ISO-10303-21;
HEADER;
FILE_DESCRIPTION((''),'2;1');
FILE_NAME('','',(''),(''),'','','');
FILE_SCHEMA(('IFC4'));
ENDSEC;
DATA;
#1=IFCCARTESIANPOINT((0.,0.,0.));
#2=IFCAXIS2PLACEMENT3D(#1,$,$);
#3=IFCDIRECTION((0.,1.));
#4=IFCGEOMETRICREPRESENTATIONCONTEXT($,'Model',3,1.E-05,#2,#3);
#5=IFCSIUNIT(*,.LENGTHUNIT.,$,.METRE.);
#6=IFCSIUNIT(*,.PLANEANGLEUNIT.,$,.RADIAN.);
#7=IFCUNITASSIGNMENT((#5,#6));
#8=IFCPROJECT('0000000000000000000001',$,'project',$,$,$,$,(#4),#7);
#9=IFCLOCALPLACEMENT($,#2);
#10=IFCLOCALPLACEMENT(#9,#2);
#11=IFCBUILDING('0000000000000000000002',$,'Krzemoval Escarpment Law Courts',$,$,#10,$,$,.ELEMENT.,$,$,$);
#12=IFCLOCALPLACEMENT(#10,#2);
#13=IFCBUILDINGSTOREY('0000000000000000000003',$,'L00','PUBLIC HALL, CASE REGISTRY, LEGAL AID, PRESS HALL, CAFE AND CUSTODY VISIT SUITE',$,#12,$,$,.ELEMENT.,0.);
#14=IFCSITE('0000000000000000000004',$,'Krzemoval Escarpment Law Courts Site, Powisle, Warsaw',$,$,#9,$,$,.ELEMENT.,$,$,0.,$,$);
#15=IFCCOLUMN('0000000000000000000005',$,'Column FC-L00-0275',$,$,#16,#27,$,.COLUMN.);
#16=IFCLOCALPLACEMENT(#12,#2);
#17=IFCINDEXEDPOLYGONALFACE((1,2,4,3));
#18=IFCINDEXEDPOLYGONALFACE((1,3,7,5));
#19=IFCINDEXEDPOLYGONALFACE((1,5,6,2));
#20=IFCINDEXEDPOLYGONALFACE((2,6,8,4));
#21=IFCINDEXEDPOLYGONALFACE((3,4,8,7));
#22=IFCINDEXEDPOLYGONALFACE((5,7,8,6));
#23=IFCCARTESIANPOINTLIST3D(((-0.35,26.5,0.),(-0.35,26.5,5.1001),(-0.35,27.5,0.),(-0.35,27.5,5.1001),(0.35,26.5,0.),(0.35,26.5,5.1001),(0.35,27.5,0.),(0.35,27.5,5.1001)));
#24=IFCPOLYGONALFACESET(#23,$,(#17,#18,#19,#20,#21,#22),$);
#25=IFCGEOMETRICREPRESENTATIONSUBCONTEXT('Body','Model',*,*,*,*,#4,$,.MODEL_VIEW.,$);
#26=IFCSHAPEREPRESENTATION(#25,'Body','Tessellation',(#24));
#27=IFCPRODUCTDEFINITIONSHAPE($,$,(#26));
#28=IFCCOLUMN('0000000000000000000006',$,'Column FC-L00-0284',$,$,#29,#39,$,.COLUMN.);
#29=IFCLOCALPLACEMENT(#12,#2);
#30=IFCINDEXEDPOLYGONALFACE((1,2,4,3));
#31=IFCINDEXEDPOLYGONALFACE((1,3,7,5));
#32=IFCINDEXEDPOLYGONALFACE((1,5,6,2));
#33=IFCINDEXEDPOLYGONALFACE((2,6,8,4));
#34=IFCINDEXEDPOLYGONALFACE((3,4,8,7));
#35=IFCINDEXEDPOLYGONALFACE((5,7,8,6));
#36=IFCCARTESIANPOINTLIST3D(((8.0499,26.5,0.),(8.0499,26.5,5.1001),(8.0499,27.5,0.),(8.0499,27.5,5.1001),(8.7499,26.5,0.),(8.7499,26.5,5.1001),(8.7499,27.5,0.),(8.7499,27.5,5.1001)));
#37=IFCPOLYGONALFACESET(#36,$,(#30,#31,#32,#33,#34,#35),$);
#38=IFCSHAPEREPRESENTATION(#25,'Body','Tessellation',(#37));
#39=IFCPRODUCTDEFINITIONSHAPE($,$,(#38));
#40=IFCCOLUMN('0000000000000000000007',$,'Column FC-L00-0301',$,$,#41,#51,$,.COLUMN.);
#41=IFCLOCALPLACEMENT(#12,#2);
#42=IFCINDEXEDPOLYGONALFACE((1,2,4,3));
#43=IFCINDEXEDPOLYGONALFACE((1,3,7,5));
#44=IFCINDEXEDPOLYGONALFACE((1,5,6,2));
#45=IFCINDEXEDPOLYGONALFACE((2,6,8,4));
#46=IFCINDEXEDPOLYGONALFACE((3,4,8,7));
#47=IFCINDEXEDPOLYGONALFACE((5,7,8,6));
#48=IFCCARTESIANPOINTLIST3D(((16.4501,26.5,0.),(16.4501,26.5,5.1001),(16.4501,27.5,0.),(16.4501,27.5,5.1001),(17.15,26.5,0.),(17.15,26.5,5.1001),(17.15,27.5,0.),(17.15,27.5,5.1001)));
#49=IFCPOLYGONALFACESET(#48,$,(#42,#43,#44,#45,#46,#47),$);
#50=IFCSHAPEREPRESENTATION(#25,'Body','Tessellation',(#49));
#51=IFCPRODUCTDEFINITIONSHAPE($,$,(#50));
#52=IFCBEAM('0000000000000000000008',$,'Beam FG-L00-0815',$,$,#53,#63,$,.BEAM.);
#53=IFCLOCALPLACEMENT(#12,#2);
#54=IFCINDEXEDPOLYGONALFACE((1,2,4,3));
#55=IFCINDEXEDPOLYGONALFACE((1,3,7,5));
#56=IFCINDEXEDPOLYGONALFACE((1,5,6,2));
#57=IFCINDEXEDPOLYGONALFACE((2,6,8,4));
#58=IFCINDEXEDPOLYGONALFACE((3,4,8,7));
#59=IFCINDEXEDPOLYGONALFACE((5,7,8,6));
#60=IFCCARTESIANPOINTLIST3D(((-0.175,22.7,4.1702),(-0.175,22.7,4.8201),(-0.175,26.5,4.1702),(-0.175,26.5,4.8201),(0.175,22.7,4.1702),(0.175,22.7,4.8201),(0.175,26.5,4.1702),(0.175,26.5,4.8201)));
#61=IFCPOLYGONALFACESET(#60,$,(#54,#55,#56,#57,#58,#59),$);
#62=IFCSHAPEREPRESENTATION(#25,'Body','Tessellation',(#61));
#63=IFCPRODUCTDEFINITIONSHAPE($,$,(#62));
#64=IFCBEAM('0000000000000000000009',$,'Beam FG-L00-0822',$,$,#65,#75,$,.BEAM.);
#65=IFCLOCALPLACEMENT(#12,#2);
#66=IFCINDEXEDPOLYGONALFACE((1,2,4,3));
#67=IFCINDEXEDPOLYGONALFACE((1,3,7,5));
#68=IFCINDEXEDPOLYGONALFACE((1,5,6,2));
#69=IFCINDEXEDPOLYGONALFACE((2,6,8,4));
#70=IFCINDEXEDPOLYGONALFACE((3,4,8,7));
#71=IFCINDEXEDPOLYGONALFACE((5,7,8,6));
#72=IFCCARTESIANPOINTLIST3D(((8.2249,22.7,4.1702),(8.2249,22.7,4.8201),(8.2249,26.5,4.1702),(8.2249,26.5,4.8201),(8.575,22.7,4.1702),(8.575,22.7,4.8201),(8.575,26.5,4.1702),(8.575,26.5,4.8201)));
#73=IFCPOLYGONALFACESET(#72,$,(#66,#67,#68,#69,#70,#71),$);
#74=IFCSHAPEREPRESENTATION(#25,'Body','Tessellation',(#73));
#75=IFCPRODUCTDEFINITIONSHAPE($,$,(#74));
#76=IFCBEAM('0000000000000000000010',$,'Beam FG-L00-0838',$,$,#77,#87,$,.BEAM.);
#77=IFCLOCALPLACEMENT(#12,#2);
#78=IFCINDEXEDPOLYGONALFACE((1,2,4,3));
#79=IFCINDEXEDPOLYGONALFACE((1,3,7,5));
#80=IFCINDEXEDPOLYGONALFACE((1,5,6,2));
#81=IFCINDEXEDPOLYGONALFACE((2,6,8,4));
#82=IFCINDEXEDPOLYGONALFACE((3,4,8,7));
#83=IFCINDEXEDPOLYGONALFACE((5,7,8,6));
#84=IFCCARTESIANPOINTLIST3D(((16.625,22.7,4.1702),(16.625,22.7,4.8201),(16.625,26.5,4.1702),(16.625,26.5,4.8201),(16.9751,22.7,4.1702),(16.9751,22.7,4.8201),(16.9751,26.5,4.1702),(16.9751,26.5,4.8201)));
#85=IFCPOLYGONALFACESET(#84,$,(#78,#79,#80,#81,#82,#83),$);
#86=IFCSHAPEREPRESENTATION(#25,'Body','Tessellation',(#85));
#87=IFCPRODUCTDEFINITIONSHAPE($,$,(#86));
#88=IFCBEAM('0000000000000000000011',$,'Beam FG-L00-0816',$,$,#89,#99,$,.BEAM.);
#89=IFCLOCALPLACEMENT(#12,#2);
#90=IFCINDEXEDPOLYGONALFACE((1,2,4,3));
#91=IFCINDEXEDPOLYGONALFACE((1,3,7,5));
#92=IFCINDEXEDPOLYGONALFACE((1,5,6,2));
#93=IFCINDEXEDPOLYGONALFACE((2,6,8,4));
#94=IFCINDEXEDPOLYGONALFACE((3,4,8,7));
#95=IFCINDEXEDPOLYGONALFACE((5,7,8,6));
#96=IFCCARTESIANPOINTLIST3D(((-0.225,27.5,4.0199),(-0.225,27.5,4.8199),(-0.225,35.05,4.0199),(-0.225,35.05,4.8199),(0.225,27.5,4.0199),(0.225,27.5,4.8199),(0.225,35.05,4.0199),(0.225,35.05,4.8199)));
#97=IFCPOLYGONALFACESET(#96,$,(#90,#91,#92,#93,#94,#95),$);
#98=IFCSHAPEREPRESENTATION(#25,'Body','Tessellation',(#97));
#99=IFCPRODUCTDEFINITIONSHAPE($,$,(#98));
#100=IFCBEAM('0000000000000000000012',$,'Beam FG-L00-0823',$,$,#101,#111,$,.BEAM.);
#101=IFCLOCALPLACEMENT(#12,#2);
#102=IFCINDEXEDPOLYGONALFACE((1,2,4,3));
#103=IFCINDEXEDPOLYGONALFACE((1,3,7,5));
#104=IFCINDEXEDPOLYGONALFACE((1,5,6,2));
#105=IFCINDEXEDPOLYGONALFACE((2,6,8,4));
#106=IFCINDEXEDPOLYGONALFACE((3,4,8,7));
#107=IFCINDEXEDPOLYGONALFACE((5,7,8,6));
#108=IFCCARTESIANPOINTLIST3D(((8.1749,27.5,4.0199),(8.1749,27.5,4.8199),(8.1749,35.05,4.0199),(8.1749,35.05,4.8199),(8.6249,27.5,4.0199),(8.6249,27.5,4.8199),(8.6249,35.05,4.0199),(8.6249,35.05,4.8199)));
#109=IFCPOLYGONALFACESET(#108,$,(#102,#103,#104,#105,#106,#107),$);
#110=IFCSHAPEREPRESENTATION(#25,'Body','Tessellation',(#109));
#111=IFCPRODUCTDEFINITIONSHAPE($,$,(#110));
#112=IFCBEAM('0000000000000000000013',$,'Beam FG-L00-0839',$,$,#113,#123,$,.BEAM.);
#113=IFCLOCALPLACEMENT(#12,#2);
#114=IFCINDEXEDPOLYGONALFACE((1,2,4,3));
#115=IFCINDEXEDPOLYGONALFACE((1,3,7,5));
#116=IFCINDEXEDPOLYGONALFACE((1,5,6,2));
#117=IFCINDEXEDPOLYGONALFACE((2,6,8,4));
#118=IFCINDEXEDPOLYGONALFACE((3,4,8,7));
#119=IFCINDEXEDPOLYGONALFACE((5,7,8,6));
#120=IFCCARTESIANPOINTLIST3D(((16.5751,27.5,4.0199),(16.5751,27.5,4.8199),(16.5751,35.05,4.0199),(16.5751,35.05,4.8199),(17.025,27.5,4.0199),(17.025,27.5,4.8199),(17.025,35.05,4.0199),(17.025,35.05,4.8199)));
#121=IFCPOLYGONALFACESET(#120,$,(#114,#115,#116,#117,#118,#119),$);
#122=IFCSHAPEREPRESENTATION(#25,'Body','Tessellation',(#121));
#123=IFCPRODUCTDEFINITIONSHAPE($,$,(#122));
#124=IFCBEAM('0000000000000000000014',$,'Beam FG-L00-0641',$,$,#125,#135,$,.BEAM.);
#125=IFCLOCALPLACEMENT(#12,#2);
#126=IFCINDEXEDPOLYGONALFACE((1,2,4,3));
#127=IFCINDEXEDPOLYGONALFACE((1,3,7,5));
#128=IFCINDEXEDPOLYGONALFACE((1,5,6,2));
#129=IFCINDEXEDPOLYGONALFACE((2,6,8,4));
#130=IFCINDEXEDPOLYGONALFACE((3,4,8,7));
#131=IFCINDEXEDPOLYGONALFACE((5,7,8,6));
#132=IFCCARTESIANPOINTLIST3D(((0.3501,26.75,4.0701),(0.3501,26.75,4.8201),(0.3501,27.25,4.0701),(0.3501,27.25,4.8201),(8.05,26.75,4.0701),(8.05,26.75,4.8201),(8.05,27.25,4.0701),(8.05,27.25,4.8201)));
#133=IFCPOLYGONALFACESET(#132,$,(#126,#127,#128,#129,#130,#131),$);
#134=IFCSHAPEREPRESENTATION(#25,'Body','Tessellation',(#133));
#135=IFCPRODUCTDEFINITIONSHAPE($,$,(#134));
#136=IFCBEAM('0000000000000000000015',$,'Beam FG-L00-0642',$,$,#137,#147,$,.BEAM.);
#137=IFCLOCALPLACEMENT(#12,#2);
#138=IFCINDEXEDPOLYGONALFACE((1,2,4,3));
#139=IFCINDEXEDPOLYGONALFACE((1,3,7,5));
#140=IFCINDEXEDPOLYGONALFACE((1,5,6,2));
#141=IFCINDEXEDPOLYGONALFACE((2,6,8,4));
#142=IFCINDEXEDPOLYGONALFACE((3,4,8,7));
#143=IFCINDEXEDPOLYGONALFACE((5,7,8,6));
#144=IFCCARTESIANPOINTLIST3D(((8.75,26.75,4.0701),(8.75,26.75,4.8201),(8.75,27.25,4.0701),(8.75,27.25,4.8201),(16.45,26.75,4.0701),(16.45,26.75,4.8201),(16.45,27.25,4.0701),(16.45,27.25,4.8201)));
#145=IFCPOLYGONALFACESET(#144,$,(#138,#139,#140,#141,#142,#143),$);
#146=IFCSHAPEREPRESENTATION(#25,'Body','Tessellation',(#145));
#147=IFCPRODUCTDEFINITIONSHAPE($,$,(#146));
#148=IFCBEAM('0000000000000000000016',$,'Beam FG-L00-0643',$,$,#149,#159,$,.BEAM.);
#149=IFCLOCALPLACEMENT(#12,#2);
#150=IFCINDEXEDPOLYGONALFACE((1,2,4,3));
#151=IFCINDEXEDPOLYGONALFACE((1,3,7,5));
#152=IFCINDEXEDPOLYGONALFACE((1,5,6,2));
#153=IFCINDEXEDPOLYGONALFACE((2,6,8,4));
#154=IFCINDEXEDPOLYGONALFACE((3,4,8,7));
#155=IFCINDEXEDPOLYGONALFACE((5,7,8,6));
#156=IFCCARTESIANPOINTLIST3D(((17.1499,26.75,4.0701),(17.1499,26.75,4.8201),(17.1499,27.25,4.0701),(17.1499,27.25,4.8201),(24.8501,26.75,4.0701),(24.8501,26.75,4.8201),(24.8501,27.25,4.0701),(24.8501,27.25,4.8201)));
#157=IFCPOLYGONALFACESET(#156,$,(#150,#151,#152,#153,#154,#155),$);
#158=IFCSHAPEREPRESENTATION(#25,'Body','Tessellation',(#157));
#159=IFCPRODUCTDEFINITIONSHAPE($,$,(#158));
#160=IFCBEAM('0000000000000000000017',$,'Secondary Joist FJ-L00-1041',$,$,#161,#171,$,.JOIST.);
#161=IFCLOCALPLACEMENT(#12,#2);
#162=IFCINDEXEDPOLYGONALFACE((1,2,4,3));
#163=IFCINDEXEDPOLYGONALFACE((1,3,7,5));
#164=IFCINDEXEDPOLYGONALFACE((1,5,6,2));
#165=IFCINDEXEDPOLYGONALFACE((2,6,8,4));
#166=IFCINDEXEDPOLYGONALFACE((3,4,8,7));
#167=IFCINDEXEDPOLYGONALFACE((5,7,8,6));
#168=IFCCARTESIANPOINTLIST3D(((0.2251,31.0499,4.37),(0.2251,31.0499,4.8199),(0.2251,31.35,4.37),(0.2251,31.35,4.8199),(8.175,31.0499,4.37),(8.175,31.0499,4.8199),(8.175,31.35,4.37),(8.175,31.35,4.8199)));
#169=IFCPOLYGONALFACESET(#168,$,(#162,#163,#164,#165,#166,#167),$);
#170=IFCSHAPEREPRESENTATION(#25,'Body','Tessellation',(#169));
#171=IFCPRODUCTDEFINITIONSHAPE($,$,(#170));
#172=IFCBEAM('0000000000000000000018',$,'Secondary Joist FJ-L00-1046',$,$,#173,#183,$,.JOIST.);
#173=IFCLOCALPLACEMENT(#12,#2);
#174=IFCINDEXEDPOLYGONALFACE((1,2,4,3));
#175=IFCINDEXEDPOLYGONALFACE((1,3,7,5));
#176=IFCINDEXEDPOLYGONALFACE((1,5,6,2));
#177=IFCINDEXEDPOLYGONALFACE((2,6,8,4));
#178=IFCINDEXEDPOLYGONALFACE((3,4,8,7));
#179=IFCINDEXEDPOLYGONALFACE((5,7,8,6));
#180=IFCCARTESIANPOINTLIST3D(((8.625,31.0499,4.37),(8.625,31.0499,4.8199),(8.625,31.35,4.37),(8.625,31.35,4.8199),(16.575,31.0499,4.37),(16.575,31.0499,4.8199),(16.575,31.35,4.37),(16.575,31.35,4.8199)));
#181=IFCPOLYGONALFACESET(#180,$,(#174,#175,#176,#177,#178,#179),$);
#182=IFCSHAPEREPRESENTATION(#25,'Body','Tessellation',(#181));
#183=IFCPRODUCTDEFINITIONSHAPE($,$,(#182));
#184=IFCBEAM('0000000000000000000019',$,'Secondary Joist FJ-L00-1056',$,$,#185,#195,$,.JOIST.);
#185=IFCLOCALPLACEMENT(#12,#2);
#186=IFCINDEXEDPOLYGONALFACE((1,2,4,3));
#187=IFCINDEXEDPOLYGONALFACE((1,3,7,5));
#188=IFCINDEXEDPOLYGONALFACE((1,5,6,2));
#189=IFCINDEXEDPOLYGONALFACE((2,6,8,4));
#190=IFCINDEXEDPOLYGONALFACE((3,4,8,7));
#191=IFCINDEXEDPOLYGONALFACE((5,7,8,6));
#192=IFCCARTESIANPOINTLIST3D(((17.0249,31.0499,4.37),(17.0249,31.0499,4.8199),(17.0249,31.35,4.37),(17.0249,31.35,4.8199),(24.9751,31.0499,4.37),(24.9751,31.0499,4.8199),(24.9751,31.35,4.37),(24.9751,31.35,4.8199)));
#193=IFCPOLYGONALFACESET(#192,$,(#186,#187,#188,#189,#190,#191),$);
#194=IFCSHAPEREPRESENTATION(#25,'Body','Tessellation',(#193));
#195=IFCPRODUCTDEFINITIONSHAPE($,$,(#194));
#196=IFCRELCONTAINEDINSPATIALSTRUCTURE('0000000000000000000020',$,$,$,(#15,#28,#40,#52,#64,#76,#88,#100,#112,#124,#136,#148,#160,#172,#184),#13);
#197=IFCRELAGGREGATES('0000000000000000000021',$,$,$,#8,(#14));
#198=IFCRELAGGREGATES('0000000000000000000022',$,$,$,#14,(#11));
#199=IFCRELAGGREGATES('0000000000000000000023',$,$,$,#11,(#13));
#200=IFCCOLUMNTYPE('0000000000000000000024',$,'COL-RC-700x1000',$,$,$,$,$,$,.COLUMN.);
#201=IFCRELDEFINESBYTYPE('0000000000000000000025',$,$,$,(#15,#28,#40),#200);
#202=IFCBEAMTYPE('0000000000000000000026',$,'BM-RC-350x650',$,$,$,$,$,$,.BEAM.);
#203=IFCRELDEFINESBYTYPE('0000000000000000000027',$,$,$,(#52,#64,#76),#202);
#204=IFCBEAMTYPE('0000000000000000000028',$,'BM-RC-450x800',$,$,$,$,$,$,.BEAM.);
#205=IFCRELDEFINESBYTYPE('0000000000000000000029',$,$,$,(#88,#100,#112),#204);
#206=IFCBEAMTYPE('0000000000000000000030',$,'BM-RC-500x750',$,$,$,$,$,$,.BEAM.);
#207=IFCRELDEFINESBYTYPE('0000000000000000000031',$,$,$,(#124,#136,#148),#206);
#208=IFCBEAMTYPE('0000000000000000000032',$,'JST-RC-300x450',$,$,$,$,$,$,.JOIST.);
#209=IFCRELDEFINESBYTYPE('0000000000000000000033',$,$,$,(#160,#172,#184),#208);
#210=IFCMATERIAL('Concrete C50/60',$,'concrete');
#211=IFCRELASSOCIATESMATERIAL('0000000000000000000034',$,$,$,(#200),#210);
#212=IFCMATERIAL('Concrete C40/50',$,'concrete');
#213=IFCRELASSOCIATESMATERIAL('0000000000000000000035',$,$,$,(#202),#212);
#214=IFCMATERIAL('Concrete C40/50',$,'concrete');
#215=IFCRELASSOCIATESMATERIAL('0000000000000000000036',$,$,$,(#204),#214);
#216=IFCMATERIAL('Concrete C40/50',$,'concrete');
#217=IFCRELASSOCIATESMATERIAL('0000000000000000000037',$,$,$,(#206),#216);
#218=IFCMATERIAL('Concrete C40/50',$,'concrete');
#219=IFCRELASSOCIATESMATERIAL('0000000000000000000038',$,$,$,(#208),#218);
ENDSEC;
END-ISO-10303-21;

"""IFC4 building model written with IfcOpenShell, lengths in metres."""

from ifc_helpers import new_model, si_unit, direction, frame, origin, origin_2d, place, context, subcontext, project, spatial, rectangle, extrude, material, material_profile, profile_set, type_object, element, save


model = new_model("IFC4")

# Units and contexts
model_context = context("Model", 3, precision=1e-05, world=origin(), true_north=direction((0.0, 1.0)))
body_context = subcontext(model_context, "Body", "Model", "MODEL_VIEW")
ifc_project = project(units=[si_unit("LENGTHUNIT", "METRE"), si_unit("PLANEANGLEUNIT", "RADIAN")], contexts=[model_context])

# Site, building, storey
site_placement = place(None, origin())
site = spatial("IfcSite", under=ifc_project, at=site_placement, Name="Krzemoval Escarpment Law Courts Site, Powisle, Warsaw", CompositionType="ELEMENT", RefElevation=0.0)
building_placement = place(site_placement, origin())
building = spatial("IfcBuilding", under=site, at=building_placement, Name="Krzemoval Escarpment Law Courts", CompositionType="ELEMENT")
storey_placement = place(building_placement, origin())
storey = spatial("IfcBuildingStorey", under=building, at=storey_placement, Name="L00", Description="PUBLIC HALL, CASE REGISTRY, LEGAL AID, PRESS HALL, CAFE AND CUSTODY VISIT SUITE", CompositionType="ELEMENT", Elevation=0.0)

# Columns
ifc_material_1 = material(Name="Concrete C50/60", Category="concrete")
ifc_material_profile_1 = material_profile(ifc_material_1, rectangle(XDim=0.7, YDim=1.0, at=origin_2d()), Name="RC 700x1000")
ifc_profile_set_1 = profile_set([ifc_material_profile_1], Name="Concrete C50/60")
column_type = type_object("IfcColumnType", Name="COL-RC-700x1000", PredefinedType="COLUMN", material=ifc_profile_set_1)
for number, where, z_axis, x_axis, name in (
    (1, (0.0, 27.0, 0.0), (0.0, 0.0, 1.0), (1.0, 0.0, 0.0), "Column FC-L00-0275"),
    (2, (8.3999, 27.0, 0.0), (0.0, 0.0, 1.0), (1.0, 0.0, 0.0), "Column FC-L00-0284"),
    (3, (16.8, 27.0, 0.0), (0.0, 0.0, 1.0), (1.0, 0.0, 0.0), "Column FC-L00-0301"),
):
    element("IfcColumn", number, at=place(storey_placement, frame(where, z_axis=z_axis, x_axis=x_axis)), inside=storey, type_object=column_type, Name=name, PredefinedType="COLUMN", context=body_context, shape_type="SweptSolid", body=[
        extrude(rectangle(XDim=0.7, YDim=1.0, at=origin_2d()), origin(), (0.0, 0.0, 1.0), 5.1001),
    ])

# Beams
ifc_material_2 = material(Name="Concrete C40/50", Category="concrete")
ifc_material_profile_2 = material_profile(ifc_material_2, rectangle(XDim=0.3501, YDim=0.6499, at=origin_2d()), Name="RCB 350x650")
ifc_profile_set_2 = profile_set([ifc_material_profile_2], Name="Concrete C40/50")
beam_type_1 = type_object("IfcBeamType", Name="BM-RC-350x650", PredefinedType="BEAM", material=ifc_profile_set_2)
for number, where, z_axis, x_axis, name in (
    (4, (0.0, 22.7, 4.4951), (0.0, 1.0, 0.0), (-1.0, 0.0, 0.0), "Beam FG-L00-0815"),
    (5, (8.3999, 22.7, 4.4951), (0.0, 1.0, 0.0), (-1.0, 0.0, 0.0), "Beam FG-L00-0822"),
    (6, (16.8, 22.7, 4.4951), (0.0, 1.0, 0.0), (-1.0, 0.0, 0.0), "Beam FG-L00-0838"),
):
    element("IfcBeam", number, at=place(storey_placement, frame(where, z_axis=z_axis, x_axis=x_axis)), inside=storey, type_object=beam_type_1, Name=name, PredefinedType="BEAM", context=body_context, shape_type="SweptSolid", body=[
        extrude(rectangle(XDim=0.3501, YDim=0.6499, at=origin_2d()), origin(), (0.0, 0.0, 1.0), 3.8),
    ])
ifc_material_3 = material(Name="Concrete C40/50", Category="concrete")
ifc_material_profile_3 = material_profile(ifc_material_3, rectangle(XDim=0.45, YDim=0.8, at=origin_2d()), Name="RCB 450x800")
ifc_profile_set_3 = profile_set([ifc_material_profile_3], Name="Concrete C40/50")
beam_type_2 = type_object("IfcBeamType", Name="BM-RC-450x800", PredefinedType="BEAM", material=ifc_profile_set_3)
for number, where, z_axis, x_axis, name in (
    (7, (0.0, 27.5, 4.4199), (0.0, 1.0, 0.0), (-1.0, 0.0, 0.0), "Beam FG-L00-0816"),
    (8, (8.3999, 27.5, 4.4199), (0.0, 1.0, 0.0), (-1.0, 0.0, 0.0), "Beam FG-L00-0823"),
    (9, (16.8, 27.5, 4.4199), (0.0, 1.0, 0.0), (-1.0, 0.0, 0.0), "Beam FG-L00-0839"),
):
    element("IfcBeam", number, at=place(storey_placement, frame(where, z_axis=z_axis, x_axis=x_axis)), inside=storey, type_object=beam_type_2, Name=name, PredefinedType="BEAM", context=body_context, shape_type="SweptSolid", body=[
        extrude(rectangle(XDim=0.45, YDim=0.8, at=origin_2d()), origin(), (0.0, 0.0, 1.0), 7.55),
    ])
ifc_material_4 = material(Name="Concrete C40/50", Category="concrete")
ifc_material_profile_4 = material_profile(ifc_material_4, rectangle(XDim=0.5, YDim=0.75, at=origin_2d()), Name="RCB 500x750")
ifc_profile_set_4 = profile_set([ifc_material_profile_4], Name="Concrete C40/50")
beam_type_3 = type_object("IfcBeamType", Name="BM-RC-500x750", PredefinedType="BEAM", material=ifc_profile_set_4)
for number, where, z_axis, x_axis, name in (
    (10, (0.3501, 27.0, 4.4451), (1.0, 0.0, 0.0), (0.0, 1.0, 0.0), "Beam FG-L00-0641"),
    (11, (8.75, 27.0, 4.4451), (1.0, 0.0, 0.0), (0.0, 1.0, 0.0), "Beam FG-L00-0642"),
):
    element("IfcBeam", number, at=place(storey_placement, frame(where, z_axis=z_axis, x_axis=x_axis)), inside=storey, type_object=beam_type_3, Name=name, PredefinedType="BEAM", context=body_context, shape_type="SweptSolid", body=[
        extrude(rectangle(XDim=0.5, YDim=0.75, at=origin_2d()), origin(), (0.0, 0.0, 1.0), 7.7),
    ])
beam_1_placement = place(storey_placement, frame((17.1499, 27.0, 4.4451), z_axis=(1.0, 0.0, 0.0), x_axis=(0.0, 1.0, 0.0)))
element("IfcBeam", 12, at=beam_1_placement, inside=storey, type_object=beam_type_3, Name="Beam FG-L00-0643", PredefinedType="BEAM", context=body_context, shape_type="SweptSolid", body=[
    extrude(rectangle(XDim=0.5, YDim=0.75, at=origin_2d()), origin(), (0.0, 0.0, 1.0), 7.7002),
])
ifc_material_5 = material(Name="Concrete C40/50", Category="concrete")
ifc_material_profile_5 = material_profile(ifc_material_5, rectangle(XDim=0.3, YDim=0.45, at=origin_2d()), Name="RCB 300x450")
ifc_profile_set_5 = profile_set([ifc_material_profile_5], Name="Concrete C40/50")
beam_type_4 = type_object("IfcBeamType", Name="JST-RC-300x450", PredefinedType="JOIST", material=ifc_profile_set_5)
for number, where, z_axis, x_axis, name in (
    (13, (0.2251, 31.2, 4.595), (1.0, 0.0, 0.0), (0.0, 1.0, 0.0), "Secondary Joist FJ-L00-1041"),
    (14, (8.625, 31.2, 4.595), (1.0, 0.0, 0.0), (0.0, 1.0, 0.0), "Secondary Joist FJ-L00-1046"),
):
    element("IfcBeam", number, at=place(storey_placement, frame(where, z_axis=z_axis, x_axis=x_axis)), inside=storey, type_object=beam_type_4, Name=name, PredefinedType="JOIST", context=body_context, shape_type="SweptSolid", body=[
        extrude(rectangle(XDim=0.3, YDim=0.45, at=origin_2d()), origin(), (0.0, 0.0, 1.0), 7.95),
    ])
beam_2_placement = place(storey_placement, frame((17.0249, 31.2, 4.595), z_axis=(1.0, 0.0, 0.0), x_axis=(0.0, 1.0, 0.0)))
element("IfcBeam", 15, at=beam_2_placement, inside=storey, type_object=beam_type_4, Name="Secondary Joist FJ-L00-1056", PredefinedType="JOIST", context=body_context, shape_type="SweptSolid", body=[
    extrude(rectangle(XDim=0.3, YDim=0.45, at=origin_2d()), origin(), (0.0, 0.0, 1.0), 7.9502),
])

save(model, "model.ifc")
